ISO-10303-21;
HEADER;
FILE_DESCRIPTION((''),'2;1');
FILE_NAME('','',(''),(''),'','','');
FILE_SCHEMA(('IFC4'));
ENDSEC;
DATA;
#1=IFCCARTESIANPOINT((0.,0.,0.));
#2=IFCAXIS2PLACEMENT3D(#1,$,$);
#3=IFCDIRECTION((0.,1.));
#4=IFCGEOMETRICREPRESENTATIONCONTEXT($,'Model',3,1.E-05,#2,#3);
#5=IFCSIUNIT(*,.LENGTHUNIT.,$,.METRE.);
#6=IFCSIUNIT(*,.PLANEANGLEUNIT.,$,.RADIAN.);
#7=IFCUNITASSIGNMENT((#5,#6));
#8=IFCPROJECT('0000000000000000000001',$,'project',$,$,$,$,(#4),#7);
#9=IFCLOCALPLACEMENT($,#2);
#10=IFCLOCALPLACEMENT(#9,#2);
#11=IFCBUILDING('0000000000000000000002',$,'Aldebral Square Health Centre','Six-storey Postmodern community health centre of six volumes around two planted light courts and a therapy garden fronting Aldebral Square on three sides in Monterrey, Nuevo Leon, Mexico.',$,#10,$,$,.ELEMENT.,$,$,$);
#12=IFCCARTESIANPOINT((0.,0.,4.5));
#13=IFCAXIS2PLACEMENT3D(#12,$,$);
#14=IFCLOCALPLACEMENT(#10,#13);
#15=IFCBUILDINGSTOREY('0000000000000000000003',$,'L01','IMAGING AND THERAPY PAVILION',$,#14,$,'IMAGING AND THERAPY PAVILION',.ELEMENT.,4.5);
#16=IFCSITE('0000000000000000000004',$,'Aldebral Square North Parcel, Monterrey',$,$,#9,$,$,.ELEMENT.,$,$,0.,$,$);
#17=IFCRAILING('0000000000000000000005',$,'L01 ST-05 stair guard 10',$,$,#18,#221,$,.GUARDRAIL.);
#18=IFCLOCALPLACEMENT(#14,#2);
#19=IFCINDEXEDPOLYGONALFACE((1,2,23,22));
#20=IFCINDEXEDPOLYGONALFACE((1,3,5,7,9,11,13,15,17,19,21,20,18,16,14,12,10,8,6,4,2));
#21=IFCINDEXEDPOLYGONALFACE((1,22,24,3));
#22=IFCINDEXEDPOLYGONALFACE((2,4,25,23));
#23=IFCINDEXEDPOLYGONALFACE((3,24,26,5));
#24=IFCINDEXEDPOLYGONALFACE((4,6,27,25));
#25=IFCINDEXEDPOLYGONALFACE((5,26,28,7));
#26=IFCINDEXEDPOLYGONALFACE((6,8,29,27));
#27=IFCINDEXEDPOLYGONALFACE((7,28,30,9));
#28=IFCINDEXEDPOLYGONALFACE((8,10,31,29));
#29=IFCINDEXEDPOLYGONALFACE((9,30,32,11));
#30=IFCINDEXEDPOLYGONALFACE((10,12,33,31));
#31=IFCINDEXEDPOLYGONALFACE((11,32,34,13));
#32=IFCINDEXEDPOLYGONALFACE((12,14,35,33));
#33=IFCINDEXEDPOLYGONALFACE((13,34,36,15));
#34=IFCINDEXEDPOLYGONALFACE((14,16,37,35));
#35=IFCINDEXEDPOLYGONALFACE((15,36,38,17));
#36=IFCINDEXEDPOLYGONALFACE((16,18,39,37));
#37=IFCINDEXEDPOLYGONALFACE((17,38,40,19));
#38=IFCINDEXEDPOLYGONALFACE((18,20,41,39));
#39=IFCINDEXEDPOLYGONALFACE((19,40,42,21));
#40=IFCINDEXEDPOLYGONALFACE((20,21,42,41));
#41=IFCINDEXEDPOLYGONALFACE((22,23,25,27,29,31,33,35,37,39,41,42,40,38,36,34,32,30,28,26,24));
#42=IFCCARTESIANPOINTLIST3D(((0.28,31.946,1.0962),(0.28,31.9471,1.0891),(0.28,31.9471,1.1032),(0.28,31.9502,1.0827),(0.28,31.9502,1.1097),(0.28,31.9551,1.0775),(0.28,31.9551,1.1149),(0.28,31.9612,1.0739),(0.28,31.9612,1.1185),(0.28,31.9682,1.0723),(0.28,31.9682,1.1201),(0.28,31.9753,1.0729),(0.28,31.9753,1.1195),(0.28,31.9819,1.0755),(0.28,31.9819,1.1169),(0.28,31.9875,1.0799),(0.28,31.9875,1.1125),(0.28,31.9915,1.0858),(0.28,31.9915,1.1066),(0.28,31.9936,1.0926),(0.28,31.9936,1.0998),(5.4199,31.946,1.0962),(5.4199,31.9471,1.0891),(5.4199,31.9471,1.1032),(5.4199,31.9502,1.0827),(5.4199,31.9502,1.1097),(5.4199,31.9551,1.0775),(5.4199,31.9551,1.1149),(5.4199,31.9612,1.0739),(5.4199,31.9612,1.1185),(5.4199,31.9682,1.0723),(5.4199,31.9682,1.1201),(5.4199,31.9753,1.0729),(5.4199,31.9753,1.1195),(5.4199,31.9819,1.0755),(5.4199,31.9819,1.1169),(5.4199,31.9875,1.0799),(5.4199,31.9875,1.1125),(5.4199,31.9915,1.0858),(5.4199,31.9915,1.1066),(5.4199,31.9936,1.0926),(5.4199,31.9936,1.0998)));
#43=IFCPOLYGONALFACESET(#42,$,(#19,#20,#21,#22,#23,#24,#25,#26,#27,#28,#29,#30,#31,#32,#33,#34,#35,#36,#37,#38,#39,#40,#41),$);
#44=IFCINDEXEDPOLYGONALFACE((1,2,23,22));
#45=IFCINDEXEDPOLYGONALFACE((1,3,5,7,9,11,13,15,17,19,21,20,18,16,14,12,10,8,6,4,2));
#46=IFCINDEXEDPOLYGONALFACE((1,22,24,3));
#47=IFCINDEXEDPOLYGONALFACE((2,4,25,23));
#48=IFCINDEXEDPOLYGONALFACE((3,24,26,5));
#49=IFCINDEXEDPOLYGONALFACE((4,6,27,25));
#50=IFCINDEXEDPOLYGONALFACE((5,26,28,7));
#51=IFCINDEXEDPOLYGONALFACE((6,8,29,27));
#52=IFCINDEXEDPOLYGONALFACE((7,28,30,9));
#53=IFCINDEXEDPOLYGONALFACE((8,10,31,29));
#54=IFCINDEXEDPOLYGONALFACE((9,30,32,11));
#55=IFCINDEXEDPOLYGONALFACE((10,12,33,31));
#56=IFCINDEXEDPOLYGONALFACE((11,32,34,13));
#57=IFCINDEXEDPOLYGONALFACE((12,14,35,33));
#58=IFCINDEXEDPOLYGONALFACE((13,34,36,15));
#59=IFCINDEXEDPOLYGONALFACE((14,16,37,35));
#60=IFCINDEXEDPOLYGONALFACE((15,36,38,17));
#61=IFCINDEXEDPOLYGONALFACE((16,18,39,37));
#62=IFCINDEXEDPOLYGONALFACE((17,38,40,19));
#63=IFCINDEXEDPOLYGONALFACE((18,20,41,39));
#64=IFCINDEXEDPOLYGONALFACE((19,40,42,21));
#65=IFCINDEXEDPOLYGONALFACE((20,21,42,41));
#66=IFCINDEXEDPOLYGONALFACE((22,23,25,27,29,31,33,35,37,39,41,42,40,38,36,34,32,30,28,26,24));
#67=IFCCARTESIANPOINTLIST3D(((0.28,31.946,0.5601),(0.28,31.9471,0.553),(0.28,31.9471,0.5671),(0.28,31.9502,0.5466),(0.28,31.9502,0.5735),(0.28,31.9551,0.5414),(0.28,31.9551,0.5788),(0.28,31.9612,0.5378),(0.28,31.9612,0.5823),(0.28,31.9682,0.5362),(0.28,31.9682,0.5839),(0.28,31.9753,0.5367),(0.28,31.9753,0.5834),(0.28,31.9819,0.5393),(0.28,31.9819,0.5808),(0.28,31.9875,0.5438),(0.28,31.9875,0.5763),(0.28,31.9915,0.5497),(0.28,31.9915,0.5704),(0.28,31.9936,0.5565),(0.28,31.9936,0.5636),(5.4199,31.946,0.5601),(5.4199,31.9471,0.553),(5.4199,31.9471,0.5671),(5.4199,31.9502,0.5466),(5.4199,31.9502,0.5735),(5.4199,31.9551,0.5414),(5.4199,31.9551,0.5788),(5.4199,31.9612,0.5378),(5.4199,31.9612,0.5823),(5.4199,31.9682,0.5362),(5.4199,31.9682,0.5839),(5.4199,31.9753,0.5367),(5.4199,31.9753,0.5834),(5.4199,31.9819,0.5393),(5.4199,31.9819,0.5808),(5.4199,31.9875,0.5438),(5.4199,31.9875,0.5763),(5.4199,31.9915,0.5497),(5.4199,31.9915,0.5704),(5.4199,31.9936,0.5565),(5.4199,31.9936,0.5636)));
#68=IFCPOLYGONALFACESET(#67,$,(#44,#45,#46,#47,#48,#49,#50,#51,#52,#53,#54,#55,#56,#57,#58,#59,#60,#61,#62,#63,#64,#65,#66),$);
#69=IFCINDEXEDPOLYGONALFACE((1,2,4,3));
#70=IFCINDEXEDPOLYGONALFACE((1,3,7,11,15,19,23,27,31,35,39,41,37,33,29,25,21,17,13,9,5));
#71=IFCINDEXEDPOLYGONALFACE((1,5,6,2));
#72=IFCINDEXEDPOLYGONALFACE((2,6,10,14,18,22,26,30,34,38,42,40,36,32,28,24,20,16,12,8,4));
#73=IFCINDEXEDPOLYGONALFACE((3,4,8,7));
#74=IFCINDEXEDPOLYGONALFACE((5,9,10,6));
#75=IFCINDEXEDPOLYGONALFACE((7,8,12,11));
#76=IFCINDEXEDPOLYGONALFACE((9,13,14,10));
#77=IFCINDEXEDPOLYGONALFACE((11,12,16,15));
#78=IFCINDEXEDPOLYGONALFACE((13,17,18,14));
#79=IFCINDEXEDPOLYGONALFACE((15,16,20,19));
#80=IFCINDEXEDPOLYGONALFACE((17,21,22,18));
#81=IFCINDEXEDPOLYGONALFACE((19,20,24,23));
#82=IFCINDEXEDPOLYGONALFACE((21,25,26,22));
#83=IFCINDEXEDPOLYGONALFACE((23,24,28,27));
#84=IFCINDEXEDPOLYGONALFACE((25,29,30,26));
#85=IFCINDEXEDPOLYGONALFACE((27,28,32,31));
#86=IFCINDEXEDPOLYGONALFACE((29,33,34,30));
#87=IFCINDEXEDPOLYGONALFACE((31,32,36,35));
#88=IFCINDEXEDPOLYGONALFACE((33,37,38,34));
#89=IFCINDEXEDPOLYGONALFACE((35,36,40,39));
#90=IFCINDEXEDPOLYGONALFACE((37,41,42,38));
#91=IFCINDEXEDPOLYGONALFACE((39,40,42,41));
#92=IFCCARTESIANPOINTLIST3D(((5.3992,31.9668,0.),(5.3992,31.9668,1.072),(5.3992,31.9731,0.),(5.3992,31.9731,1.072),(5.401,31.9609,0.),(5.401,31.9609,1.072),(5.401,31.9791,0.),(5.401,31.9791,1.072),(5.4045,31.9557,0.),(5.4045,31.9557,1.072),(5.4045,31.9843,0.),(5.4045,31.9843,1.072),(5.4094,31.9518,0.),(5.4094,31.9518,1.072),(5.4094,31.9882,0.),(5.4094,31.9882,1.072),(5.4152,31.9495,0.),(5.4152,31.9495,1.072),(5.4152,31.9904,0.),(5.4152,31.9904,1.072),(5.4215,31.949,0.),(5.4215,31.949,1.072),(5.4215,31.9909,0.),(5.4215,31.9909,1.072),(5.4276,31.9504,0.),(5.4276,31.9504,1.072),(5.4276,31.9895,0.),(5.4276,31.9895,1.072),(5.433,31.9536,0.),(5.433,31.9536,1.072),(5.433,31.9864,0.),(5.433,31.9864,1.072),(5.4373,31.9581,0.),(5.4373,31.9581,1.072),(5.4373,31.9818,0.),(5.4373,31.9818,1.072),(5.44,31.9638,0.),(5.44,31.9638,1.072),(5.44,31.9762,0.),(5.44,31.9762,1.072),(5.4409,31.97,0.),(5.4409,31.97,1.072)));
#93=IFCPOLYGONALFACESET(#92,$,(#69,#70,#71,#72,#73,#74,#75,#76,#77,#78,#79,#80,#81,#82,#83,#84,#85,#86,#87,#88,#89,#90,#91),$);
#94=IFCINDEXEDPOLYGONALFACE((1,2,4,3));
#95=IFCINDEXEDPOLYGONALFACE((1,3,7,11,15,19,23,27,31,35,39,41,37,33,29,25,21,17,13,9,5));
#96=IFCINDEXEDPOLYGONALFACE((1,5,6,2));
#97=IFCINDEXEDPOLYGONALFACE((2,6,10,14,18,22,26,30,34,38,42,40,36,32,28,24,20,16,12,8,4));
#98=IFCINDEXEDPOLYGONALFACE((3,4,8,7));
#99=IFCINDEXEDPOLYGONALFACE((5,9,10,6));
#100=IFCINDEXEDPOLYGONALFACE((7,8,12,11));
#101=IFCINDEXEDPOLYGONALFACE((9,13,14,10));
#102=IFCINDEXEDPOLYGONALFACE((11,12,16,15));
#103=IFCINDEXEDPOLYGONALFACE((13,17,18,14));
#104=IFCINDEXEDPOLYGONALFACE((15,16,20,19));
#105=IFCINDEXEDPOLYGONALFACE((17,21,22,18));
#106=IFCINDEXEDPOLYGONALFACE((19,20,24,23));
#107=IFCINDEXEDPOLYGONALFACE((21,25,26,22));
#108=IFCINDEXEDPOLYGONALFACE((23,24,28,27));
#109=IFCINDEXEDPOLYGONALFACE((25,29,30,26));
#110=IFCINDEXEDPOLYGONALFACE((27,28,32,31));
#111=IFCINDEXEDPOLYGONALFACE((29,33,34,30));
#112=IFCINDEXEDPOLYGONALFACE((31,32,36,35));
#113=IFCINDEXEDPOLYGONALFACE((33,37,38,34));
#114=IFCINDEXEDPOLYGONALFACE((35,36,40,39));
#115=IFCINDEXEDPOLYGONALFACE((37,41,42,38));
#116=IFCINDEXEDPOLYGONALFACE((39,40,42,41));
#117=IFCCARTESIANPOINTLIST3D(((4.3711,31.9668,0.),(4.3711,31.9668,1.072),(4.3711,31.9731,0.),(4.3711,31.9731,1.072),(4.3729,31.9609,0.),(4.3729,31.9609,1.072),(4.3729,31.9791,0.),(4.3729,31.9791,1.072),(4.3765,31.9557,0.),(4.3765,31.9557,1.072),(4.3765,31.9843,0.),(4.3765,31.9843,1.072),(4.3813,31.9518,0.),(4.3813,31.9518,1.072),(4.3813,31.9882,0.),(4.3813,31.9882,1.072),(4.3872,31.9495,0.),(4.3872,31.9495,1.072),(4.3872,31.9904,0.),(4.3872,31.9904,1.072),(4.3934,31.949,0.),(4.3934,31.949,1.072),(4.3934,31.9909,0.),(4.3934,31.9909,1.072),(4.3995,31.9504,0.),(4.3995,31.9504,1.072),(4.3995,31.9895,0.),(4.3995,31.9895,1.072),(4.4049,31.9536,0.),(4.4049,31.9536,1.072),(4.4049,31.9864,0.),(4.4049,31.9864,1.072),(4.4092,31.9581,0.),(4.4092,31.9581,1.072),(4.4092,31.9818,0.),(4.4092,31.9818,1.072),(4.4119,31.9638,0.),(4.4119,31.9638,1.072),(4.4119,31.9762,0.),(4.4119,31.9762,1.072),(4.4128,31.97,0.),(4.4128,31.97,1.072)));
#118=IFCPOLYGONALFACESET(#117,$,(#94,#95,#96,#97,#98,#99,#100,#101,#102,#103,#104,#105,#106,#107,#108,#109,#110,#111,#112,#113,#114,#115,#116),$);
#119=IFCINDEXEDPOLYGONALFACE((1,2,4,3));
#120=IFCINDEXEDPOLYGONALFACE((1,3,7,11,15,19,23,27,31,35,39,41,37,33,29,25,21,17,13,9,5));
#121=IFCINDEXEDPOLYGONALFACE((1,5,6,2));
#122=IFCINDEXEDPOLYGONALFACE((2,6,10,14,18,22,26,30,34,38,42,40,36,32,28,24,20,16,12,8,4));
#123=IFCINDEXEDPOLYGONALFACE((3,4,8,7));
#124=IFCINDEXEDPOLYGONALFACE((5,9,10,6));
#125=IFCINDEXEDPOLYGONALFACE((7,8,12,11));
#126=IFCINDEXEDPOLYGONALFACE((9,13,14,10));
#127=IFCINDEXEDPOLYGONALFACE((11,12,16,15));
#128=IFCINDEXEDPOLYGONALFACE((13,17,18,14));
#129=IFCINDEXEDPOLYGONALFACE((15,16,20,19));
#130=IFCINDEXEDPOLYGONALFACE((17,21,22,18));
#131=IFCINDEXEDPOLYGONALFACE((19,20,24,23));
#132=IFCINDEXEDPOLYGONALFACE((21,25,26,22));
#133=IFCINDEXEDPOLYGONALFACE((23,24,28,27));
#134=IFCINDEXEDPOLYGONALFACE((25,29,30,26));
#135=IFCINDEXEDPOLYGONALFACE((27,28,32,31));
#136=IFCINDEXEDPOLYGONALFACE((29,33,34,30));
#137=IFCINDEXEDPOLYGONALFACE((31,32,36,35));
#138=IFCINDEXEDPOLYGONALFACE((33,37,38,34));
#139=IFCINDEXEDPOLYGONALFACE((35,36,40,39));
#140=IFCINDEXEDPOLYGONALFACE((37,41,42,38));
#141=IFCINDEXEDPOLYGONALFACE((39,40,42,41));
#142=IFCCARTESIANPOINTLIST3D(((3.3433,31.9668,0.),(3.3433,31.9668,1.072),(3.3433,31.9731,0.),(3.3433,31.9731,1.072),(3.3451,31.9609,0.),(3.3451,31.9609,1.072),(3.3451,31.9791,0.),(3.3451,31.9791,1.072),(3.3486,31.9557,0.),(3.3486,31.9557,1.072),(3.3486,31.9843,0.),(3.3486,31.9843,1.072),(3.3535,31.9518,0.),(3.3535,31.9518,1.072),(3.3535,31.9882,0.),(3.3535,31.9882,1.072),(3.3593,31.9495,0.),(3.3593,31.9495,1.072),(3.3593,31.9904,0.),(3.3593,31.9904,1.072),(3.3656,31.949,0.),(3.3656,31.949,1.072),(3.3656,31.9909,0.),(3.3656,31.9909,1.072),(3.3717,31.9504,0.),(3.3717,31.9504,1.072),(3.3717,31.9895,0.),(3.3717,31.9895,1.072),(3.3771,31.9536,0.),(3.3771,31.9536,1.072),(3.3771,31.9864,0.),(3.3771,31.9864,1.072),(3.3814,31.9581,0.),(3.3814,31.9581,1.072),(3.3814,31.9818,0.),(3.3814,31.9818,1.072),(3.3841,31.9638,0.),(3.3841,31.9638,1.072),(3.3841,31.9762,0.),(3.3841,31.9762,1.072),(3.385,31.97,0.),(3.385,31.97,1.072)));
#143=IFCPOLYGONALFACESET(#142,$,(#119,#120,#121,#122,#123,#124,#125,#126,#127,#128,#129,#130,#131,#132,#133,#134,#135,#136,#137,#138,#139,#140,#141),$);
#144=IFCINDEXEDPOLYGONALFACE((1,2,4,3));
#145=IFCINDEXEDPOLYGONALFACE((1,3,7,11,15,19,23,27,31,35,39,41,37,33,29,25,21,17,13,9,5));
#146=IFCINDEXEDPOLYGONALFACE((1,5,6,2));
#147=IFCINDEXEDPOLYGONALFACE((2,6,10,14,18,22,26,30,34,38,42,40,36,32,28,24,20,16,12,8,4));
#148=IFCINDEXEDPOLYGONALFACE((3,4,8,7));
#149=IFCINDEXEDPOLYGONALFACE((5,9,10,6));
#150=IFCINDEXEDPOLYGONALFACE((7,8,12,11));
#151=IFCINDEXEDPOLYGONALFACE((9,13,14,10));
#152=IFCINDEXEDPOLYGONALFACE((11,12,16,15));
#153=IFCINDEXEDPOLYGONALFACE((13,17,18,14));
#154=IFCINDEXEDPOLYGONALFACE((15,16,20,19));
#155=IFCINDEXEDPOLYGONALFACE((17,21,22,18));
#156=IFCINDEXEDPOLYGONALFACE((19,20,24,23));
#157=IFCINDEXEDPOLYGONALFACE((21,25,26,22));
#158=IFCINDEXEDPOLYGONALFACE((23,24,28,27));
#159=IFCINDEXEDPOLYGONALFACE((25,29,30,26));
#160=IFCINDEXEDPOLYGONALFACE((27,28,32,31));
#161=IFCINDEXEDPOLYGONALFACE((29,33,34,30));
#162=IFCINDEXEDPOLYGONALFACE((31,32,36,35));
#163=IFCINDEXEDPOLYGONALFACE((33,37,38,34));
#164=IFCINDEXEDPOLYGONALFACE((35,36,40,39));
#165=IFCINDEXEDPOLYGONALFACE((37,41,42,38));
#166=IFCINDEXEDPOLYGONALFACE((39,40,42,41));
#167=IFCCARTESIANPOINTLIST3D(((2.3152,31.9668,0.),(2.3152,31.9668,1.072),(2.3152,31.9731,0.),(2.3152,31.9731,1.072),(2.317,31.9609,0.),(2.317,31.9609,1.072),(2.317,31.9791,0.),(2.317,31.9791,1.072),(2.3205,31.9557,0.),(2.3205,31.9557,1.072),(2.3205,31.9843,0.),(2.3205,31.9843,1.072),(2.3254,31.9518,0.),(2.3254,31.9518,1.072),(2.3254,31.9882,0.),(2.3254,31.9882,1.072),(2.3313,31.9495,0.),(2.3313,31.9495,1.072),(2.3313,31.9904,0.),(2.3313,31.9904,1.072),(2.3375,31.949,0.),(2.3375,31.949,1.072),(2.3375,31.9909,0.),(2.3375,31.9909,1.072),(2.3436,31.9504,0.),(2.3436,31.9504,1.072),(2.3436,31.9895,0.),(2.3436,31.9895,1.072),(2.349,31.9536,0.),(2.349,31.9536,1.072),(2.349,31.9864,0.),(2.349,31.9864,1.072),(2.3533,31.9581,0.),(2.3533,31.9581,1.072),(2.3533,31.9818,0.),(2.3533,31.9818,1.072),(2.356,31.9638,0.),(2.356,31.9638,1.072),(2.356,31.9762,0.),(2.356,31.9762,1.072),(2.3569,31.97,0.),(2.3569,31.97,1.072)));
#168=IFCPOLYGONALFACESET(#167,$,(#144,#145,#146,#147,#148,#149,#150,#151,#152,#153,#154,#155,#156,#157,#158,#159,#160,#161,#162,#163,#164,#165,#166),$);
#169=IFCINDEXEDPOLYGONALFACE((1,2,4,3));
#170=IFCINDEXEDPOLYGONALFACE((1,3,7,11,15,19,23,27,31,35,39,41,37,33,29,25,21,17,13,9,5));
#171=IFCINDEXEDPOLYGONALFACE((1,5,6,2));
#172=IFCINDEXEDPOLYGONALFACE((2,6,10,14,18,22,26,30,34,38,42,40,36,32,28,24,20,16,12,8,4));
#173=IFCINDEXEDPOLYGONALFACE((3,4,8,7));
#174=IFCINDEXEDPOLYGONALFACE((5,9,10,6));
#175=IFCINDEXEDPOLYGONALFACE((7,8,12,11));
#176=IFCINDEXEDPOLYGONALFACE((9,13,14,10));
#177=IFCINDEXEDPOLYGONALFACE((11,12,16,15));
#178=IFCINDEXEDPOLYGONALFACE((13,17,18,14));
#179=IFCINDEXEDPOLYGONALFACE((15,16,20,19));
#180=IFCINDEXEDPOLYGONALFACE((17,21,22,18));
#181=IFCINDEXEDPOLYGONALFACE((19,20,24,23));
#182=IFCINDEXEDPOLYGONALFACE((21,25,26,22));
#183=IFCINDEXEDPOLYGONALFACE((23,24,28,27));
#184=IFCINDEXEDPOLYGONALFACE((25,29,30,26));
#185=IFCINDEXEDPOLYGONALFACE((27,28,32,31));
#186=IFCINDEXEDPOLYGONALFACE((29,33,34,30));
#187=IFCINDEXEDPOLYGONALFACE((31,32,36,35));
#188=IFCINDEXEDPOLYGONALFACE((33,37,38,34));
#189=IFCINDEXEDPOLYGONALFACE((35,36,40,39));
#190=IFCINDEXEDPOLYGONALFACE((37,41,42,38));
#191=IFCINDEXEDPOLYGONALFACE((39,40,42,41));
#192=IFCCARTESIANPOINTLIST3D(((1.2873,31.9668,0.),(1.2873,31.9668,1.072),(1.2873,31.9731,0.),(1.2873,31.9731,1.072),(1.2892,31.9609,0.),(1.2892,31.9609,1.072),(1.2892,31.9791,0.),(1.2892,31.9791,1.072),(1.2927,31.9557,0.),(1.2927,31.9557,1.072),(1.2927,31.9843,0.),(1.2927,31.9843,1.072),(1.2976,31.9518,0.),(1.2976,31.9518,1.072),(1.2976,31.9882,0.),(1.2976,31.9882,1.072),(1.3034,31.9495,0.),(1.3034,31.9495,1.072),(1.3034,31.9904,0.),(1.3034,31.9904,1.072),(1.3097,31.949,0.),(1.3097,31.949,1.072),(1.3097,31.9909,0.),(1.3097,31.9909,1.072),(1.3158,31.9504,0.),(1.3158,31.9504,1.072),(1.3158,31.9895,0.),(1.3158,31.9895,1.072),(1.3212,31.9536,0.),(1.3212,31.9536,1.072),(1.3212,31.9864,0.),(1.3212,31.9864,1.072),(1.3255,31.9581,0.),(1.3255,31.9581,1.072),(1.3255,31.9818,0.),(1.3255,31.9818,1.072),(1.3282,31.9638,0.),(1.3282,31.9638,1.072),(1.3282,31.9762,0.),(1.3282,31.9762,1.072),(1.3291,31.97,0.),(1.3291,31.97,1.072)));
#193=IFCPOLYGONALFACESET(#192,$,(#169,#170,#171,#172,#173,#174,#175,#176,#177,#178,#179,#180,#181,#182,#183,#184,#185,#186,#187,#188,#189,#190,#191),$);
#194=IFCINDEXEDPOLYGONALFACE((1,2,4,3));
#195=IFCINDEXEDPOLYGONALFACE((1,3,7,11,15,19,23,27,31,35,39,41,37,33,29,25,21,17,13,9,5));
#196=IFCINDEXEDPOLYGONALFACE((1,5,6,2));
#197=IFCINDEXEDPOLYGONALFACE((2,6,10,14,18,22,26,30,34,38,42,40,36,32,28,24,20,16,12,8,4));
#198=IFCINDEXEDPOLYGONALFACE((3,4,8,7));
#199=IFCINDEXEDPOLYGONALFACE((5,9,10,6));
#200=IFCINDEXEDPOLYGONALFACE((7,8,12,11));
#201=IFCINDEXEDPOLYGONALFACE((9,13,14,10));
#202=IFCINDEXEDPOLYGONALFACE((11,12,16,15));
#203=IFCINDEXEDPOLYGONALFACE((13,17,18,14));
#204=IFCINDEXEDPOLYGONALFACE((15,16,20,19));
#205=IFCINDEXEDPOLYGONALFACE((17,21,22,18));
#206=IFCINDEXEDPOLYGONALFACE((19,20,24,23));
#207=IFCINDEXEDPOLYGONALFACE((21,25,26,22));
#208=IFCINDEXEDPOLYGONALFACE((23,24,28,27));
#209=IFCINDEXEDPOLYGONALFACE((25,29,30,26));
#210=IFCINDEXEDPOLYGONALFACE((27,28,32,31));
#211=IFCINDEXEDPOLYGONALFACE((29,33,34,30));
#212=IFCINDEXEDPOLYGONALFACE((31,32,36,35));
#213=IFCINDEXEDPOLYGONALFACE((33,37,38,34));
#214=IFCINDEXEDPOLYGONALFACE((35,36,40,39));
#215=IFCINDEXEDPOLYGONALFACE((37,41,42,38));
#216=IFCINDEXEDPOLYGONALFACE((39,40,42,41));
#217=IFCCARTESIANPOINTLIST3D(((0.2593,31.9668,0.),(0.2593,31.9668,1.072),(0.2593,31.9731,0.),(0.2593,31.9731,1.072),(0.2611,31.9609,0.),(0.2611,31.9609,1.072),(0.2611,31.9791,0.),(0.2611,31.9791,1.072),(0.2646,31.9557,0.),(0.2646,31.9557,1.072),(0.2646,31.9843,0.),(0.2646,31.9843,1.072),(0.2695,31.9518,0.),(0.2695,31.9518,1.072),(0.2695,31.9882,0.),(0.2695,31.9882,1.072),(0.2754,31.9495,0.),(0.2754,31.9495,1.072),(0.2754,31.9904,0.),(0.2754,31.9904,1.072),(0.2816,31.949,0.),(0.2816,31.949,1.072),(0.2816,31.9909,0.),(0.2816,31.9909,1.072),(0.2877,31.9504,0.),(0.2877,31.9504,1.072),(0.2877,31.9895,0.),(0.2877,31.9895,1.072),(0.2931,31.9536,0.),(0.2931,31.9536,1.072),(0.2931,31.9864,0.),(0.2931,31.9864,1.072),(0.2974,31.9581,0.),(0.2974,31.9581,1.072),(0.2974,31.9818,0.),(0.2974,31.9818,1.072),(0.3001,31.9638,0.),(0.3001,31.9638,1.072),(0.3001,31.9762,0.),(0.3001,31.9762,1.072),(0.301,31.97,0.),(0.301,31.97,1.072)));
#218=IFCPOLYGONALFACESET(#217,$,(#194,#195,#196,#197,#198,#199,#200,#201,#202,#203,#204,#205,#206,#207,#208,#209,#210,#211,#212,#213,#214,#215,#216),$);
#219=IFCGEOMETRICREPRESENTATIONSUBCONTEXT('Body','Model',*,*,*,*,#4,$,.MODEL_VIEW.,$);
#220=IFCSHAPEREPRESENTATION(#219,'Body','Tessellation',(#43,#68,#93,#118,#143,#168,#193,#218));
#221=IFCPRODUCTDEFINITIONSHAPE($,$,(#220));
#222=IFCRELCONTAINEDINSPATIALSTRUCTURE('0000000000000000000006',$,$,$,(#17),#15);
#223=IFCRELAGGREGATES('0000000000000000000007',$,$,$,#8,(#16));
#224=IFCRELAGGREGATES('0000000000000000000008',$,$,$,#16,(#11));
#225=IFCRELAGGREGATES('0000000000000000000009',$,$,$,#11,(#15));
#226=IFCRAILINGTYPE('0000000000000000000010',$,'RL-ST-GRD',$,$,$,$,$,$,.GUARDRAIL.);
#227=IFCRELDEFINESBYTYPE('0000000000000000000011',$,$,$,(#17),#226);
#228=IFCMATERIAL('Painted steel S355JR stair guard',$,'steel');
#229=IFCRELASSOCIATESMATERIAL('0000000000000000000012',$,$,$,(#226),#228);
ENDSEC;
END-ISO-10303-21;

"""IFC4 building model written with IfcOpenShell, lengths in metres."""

from ifc_helpers import new_model, si_unit, direction, frame, origin, origin_2d, place, context, subcontext, project, spatial, circle, extrude, material, type_object, element, save


model = new_model("IFC4")

# Units and contexts
model_context = context("Model", 3, precision=1e-05, world=origin(), true_north=direction((0.0, 1.0)))
body_context = subcontext(model_context, "Body", "Model", "MODEL_VIEW")
ifc_project = project(units=[si_unit("LENGTHUNIT", "METRE"), si_unit("PLANEANGLEUNIT", "RADIAN")], contexts=[model_context])

# Site, building, storey
site_placement = place(None, origin())
site = spatial("IfcSite", under=ifc_project, at=site_placement, Name="Aldebral Square North Parcel, Monterrey", CompositionType="ELEMENT", RefElevation=0.0)
building_placement = place(site_placement, origin())
building = spatial("IfcBuilding", under=site, at=building_placement, Name="Aldebral Square Health Centre", Description="Six-storey Postmodern community health centre of six volumes around two planted light courts and a therapy garden fronting Aldebral Square on three sides in Monterrey, Nuevo Leon, Mexico.", CompositionType="ELEMENT")
storey_placement = place(building_placement, frame((0.0, 0.0, 4.5)))
storey = spatial("IfcBuildingStorey", under=building, at=storey_placement, Name="L01", Description="IMAGING AND THERAPY PAVILION", LongName="IMAGING AND THERAPY PAVILION", CompositionType="ELEMENT", Elevation=4.5)

# Railing
ifc_material_1 = material(Name="Painted steel S355JR stair guard", Category="steel")
railing_type_1 = type_object("IfcRailingType", Name="RL-ST-GRD", PredefinedType="GUARDRAIL", material=ifc_material_1)
railing_1_placement = place(storey_placement, frame((5.4199, 31.97, 0.0)))
element("IfcRailing", 1, at=railing_1_placement, inside=storey, type_object=railing_type_1, Name="L01 ST-05 stair guard 10", PredefinedType="GUARDRAIL", context=body_context, shape_type="SweptSolid", body=[
    extrude(circle(Radius=0.0239, at=origin_2d()), frame((0.0, 0.0, 1.0962), z_axis=(-1.0, 0.0, 0.0), x_axis=(0.0, -1.0, 0.0)), (0.0, 0.0, 1.0), 5.1399),
    extrude(circle(Radius=0.0239, at=origin_2d()), frame((0.0, 0.0, 0.5601), z_axis=(-1.0, 0.0, 0.0), x_axis=(0.0, -1.0, 0.0)), (0.0, 0.0, 1.0), 5.1399),
    extrude(circle(Radius=0.021, at=origin_2d()), origin(), (0.0, 0.0, 1.0), 1.072),
    extrude(circle(Radius=0.021, at=origin_2d()), frame((-1.0281, 0.0, 0.0)), (0.0, 0.0, 1.0), 1.072),
    extrude(circle(Radius=0.021, at=origin_2d()), frame((-2.0559, 0.0, 0.0)), (0.0, 0.0, 1.0), 1.072),
    extrude(circle(Radius=0.021, at=origin_2d()), frame((-3.084, 0.0, 0.0)), (0.0, 0.0, 1.0), 1.072),
    extrude(circle(Radius=0.021, at=origin_2d()), frame((-4.1118, 0.0, 0.0)), (0.0, 0.0, 1.0), 1.072),
    extrude(circle(Radius=0.021, at=origin_2d()), frame((-5.1399, 0.0, 0.0)), (0.0, 0.0, 1.0), 1.072),
])

save(model, "model.ifc")
